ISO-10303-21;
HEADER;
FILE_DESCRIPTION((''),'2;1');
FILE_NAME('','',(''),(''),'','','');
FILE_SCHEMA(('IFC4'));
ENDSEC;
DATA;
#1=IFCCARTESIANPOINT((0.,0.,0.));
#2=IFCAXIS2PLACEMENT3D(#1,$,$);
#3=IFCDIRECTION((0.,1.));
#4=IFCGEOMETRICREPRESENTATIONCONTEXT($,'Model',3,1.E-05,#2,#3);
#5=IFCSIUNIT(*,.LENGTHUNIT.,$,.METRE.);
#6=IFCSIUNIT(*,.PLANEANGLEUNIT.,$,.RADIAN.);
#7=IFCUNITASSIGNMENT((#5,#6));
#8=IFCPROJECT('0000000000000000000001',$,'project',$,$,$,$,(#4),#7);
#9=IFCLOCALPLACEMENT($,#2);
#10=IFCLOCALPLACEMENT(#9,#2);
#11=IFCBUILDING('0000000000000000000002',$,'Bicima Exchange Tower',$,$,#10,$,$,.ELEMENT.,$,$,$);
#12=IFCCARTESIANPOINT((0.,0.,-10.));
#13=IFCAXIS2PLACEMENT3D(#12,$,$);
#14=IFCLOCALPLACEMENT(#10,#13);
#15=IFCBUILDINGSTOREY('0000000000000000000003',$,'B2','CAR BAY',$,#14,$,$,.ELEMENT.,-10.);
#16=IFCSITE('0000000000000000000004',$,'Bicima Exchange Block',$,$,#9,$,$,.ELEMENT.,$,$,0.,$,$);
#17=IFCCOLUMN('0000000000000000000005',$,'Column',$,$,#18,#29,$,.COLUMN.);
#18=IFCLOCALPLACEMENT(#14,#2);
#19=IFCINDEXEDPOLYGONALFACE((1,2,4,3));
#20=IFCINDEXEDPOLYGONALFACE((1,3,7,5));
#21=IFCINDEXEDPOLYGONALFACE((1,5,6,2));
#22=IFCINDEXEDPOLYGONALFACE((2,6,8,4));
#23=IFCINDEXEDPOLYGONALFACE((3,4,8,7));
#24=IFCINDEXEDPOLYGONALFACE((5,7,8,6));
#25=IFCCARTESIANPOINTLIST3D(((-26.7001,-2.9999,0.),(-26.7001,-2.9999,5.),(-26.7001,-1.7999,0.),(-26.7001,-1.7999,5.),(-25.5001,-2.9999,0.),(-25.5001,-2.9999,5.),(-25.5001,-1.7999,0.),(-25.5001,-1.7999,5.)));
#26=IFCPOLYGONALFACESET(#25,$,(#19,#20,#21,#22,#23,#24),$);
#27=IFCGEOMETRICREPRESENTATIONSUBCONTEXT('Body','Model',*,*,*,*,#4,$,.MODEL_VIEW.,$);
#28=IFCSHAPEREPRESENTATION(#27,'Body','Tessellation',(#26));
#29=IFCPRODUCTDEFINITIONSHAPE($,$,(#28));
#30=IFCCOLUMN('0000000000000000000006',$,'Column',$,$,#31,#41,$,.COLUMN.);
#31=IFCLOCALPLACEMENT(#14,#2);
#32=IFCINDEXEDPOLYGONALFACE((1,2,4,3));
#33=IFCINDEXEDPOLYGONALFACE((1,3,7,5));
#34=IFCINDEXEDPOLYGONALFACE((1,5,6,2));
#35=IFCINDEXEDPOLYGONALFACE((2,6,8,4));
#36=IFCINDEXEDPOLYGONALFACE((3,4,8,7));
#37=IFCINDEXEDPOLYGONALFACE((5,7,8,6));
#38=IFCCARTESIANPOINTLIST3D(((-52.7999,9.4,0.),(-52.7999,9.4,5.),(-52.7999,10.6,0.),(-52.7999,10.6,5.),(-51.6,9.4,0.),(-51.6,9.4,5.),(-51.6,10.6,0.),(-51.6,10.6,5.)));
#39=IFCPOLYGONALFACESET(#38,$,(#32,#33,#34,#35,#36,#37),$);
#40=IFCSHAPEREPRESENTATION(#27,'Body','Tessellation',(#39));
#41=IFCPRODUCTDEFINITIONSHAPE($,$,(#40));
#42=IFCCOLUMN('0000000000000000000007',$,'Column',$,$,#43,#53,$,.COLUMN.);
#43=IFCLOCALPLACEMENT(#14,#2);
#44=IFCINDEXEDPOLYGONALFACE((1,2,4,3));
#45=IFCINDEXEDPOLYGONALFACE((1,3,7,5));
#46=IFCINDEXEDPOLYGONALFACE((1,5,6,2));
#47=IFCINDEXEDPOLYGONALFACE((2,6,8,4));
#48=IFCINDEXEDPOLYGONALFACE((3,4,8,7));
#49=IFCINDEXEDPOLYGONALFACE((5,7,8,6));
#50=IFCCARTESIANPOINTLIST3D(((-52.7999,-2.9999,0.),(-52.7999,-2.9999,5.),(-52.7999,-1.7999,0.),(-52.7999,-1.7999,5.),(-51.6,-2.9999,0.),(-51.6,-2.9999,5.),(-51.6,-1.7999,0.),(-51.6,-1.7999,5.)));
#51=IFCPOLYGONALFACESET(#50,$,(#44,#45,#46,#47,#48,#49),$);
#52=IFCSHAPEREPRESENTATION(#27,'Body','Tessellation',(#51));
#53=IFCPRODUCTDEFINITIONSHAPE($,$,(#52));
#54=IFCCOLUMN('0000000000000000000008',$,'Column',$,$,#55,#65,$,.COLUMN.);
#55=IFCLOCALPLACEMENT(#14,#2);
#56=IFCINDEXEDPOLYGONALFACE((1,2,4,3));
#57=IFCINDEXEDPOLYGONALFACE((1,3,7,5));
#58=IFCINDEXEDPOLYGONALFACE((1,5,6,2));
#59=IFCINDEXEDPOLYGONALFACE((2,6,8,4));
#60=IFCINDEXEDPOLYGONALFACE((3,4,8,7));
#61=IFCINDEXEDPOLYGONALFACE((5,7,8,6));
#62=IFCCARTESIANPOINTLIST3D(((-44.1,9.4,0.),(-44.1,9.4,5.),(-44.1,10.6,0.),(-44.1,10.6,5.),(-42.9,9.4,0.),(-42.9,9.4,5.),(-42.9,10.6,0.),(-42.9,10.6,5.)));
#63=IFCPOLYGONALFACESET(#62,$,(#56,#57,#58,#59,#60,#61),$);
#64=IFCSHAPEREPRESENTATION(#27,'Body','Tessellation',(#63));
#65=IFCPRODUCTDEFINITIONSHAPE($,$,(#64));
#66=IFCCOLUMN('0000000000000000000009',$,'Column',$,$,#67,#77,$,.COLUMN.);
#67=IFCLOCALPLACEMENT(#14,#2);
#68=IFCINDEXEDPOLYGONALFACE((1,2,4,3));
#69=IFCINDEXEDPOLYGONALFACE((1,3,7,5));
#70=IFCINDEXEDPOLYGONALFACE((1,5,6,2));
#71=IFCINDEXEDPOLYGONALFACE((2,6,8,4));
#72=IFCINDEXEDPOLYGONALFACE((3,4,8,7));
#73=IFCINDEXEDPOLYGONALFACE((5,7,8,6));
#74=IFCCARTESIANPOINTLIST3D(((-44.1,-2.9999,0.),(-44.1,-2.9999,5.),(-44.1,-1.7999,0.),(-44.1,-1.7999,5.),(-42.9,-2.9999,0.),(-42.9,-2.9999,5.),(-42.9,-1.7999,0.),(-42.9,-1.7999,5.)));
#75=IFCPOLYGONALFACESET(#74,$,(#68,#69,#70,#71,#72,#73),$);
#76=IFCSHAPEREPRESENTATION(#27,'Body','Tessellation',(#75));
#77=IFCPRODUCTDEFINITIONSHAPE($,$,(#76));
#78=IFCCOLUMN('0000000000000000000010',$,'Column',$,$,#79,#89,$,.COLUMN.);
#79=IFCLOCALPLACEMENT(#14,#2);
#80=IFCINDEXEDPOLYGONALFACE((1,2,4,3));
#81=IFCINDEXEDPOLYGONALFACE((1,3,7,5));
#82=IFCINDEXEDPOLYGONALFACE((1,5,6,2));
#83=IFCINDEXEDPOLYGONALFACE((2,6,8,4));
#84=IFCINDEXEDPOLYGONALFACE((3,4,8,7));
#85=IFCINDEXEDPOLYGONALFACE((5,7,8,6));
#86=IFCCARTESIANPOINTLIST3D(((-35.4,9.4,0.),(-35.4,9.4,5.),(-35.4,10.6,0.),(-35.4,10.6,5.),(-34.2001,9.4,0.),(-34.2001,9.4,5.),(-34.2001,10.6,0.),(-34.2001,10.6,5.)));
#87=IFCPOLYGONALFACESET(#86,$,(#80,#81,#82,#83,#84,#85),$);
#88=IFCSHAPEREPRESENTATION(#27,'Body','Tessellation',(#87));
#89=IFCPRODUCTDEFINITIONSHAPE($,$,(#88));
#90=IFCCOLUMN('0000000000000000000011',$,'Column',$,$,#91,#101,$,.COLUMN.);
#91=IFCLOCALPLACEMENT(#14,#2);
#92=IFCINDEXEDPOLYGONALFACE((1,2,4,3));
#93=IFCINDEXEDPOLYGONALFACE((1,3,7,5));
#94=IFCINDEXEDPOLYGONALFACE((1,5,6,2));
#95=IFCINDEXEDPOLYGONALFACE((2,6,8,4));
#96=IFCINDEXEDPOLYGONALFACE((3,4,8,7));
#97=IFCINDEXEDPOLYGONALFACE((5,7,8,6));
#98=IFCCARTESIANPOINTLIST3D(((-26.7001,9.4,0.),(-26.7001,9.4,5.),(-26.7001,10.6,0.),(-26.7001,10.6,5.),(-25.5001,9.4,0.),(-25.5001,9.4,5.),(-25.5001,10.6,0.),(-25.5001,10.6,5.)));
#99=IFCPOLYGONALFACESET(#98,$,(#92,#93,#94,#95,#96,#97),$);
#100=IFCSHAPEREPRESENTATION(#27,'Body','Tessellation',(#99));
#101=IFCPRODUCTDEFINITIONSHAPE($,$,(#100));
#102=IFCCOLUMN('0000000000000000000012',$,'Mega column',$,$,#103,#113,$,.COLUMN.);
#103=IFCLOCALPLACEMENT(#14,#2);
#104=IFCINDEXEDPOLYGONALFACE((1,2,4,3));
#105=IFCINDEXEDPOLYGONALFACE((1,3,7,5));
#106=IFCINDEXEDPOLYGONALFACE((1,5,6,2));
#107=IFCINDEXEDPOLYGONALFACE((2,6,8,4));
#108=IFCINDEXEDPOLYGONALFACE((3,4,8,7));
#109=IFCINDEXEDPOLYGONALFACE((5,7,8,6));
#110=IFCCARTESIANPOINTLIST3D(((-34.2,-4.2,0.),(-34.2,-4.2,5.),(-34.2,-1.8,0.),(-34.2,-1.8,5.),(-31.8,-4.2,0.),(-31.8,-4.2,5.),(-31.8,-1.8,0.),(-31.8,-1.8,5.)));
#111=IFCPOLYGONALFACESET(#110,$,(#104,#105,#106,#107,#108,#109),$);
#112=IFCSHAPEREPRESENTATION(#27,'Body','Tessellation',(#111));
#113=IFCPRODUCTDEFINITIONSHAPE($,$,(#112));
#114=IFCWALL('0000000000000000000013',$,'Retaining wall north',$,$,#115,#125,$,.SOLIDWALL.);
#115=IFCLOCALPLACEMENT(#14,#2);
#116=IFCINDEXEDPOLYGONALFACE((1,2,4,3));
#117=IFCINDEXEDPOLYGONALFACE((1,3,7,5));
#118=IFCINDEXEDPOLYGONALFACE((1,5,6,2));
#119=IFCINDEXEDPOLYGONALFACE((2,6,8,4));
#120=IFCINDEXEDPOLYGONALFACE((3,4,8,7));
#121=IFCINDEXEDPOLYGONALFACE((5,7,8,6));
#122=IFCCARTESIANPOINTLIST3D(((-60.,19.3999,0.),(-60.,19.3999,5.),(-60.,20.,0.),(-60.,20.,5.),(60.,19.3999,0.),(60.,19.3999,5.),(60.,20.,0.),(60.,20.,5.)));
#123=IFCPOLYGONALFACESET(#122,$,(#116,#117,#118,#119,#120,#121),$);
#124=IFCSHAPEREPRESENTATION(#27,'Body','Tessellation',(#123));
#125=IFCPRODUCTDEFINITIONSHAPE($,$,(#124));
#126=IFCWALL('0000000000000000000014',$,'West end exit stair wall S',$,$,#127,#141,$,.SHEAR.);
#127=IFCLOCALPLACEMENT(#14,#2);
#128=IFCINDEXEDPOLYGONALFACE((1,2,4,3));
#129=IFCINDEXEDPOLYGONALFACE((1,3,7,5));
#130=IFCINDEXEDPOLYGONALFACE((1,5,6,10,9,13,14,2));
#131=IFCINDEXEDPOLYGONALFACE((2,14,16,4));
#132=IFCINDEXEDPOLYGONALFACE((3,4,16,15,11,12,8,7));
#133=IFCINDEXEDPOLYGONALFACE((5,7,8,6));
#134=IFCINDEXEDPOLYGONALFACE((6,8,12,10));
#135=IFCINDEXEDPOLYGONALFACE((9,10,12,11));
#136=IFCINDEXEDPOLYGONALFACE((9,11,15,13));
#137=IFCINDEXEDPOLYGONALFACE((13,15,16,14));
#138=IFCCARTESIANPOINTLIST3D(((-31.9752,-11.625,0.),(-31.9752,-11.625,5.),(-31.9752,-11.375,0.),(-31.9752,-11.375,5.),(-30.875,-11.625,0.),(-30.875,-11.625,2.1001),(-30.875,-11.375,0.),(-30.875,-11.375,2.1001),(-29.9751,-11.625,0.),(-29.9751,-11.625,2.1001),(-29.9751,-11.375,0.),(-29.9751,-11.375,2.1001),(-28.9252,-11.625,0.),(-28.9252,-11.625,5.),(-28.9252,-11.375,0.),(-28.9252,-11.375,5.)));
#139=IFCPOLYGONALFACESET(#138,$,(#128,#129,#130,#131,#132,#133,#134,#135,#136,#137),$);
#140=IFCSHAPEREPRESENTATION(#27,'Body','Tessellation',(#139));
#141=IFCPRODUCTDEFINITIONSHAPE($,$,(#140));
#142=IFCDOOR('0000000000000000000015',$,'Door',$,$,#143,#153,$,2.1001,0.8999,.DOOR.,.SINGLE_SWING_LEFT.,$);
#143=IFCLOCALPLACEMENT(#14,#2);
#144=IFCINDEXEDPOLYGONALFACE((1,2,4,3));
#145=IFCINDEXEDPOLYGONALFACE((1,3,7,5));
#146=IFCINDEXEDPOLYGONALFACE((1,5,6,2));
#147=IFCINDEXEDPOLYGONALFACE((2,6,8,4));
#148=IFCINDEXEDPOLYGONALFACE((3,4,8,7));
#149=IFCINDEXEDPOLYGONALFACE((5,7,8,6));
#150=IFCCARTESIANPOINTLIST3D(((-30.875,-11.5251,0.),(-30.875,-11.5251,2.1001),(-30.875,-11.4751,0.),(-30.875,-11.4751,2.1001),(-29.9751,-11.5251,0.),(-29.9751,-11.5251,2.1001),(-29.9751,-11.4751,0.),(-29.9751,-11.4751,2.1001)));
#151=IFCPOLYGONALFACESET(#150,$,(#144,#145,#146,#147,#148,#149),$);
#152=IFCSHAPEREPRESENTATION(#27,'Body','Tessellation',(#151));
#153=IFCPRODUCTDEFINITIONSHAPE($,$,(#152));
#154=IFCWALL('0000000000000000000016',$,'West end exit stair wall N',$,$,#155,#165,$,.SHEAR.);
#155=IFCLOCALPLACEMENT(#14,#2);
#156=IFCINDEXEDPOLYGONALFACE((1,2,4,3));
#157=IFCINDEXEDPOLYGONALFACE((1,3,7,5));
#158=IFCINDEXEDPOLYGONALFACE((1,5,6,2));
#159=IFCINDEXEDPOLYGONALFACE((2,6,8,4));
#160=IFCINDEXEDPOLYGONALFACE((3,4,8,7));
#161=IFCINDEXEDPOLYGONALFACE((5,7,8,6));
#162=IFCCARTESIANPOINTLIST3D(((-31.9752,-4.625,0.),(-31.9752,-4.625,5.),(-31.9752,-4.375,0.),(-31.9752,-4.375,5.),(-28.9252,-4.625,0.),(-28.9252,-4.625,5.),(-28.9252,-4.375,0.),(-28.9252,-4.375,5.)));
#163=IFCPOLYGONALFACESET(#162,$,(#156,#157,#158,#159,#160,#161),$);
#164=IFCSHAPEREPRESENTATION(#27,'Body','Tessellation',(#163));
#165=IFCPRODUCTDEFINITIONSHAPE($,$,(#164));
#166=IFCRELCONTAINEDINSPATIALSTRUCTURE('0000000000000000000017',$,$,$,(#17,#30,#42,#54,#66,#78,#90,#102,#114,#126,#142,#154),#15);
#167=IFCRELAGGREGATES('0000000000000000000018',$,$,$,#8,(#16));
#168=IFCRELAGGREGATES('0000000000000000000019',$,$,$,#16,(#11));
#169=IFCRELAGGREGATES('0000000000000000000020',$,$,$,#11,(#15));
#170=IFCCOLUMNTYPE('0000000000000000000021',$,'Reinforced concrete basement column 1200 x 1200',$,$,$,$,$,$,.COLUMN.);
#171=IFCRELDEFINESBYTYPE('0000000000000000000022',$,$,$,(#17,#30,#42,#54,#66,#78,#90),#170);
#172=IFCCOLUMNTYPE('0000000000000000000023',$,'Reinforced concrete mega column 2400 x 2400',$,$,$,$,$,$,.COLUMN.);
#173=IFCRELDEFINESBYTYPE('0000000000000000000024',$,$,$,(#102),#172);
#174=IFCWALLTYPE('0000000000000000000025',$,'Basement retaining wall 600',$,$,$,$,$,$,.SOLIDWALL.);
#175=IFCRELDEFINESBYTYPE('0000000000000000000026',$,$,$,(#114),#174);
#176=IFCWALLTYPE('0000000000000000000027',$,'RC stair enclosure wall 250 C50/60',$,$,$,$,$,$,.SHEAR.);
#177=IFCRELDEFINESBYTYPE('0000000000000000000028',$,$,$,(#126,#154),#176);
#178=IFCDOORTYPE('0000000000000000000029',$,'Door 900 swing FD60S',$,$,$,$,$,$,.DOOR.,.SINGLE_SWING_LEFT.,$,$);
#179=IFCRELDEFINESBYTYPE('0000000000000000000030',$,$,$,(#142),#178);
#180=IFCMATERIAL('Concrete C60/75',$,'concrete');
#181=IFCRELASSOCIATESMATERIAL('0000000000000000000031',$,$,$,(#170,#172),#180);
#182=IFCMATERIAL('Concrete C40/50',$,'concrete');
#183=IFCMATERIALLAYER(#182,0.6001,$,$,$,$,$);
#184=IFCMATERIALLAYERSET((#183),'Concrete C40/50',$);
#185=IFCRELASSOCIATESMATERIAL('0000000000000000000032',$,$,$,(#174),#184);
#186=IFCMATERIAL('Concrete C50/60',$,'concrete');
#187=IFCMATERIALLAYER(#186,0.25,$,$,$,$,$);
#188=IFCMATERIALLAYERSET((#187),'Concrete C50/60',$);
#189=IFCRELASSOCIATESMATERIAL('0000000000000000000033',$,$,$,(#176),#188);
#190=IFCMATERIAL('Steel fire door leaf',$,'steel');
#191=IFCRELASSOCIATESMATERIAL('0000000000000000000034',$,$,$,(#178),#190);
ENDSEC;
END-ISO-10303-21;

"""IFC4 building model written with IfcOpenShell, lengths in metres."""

from ifc_helpers import new_model, si_unit, direction, frame, frame_2d, origin, origin_2d, place, context, subcontext, project, spatial, rectangle, extrude, material, layer, layer_set, material_profile, profile_set, type_object, element, fill, save


model = new_model("IFC4")

# Units and contexts
model_context = context("Model", 3, precision=1e-05, world=origin(), true_north=direction((0.0, 1.0)))
body_context = subcontext(model_context, "Body", "Model", "MODEL_VIEW")
ifc_project = project(units=[si_unit("LENGTHUNIT", "METRE"), si_unit("PLANEANGLEUNIT", "RADIAN")], contexts=[model_context])

# Site, building, storey
site_placement = place(None, origin())
site = spatial("IfcSite", under=ifc_project, at=site_placement, Name="Bicima Exchange Block", CompositionType="ELEMENT", RefElevation=0.0)
building_placement = place(site_placement, origin())
building = spatial("IfcBuilding", under=site, at=building_placement, Name="Bicima Exchange Tower", CompositionType="ELEMENT")
storey_placement = place(building_placement, frame((0.0, 0.0, -10.0)))
storey = spatial("IfcBuildingStorey", under=building, at=storey_placement, Name="B2", Description="CAR BAY", CompositionType="ELEMENT", Elevation=-10.0)

# Columns
ifc_material_1 = material(Name="Concrete C60/75", Category="concrete")
ifc_material_profile_1 = material_profile(ifc_material_1, rectangle(XDim=1.2, YDim=1.2, at=origin_2d()))
ifc_profile_set_1 = profile_set([ifc_material_profile_1], Name="Concrete C60/75")
column_type_1 = type_object("IfcColumnType", Name="Reinforced concrete basement column 1200 x 1200", PredefinedType="COLUMN", material=ifc_profile_set_1)
for number, where, z_axis, x_axis, name in (
    (1, (-26.1001, -2.3999, 0.0), (0.0, 0.0, 1.0), (1.0, 0.0, 0.0), "Column"),
    (2, (-52.2, 10.0, 0.0), (0.0, 0.0, 1.0), (1.0, 0.0, 0.0), "Column"),
    (3, (-52.2, -2.3999, 0.0), (0.0, 0.0, 1.0), (1.0, 0.0, 0.0), "Column"),
    (4, (-43.5, 10.0, 0.0), (0.0, 0.0, 1.0), (1.0, 0.0, 0.0), "Column"),
    (5, (-43.5, -2.3999, 0.0), (0.0, 0.0, 1.0), (1.0, 0.0, 0.0), "Column"),
    (6, (-34.8, 10.0, 0.0), (0.0, 0.0, 1.0), (1.0, 0.0, 0.0), "Column"),
    (7, (-26.1001, 10.0, 0.0), (0.0, 0.0, 1.0), (1.0, 0.0, 0.0), "Column"),
):
    element("IfcColumn", number, at=place(storey_placement, frame(where, z_axis=z_axis, x_axis=x_axis)), inside=storey, type_object=column_type_1, Name=name, PredefinedType="COLUMN", context=body_context, shape_type="SweptSolid", body=[
        extrude(rectangle(XDim=1.2, YDim=1.2, at=origin_2d()), origin(), (0.0, 0.0, 1.0), 5.0),
    ])
ifc_material_profile_2 = material_profile(ifc_material_1, rectangle(XDim=2.3999, YDim=2.3999, at=origin_2d()))
ifc_profile_set_2 = profile_set([ifc_material_profile_2], Name="Concrete C60/75")
column_type_2 = type_object("IfcColumnType", Name="Reinforced concrete mega column 2400 x 2400", PredefinedType="COLUMN", material=ifc_profile_set_2)
column_placement = place(storey_placement, frame((-33.0, -3.0, 0.0), z_axis=(0.0, 0.0, 1.0), x_axis=(1.0, 0.0, 0.0)))
element("IfcColumn", 8, at=column_placement, inside=storey, type_object=column_type_2, Name="Mega column", PredefinedType="COLUMN", context=body_context, shape_type="SweptSolid", body=[
    extrude(rectangle(XDim=2.3999, YDim=2.3999, at=origin_2d()), origin(), (0.0, 0.0, 1.0), 5.0),
])

# Wall
ifc_material_2 = material(Name="Concrete C40/50", Category="concrete")
ifc_layer_1 = layer(ifc_material_2, 0.6001)
ifc_layer_set_1 = layer_set([ifc_layer_1], Name="Concrete C40/50")
wall_type_1 = type_object("IfcWallType", Name="Basement retaining wall 600", PredefinedType="SOLIDWALL", material=ifc_layer_set_1)
wall_1_placement = place(storey_placement, frame((-60.0, 19.7, 0.0), z_axis=(0.0, 0.0, 1.0), x_axis=(1.0, 0.0, 0.0)))
element("IfcWall", 9, at=wall_1_placement, inside=storey, type_object=wall_type_1, Name="Retaining wall north", PredefinedType="SOLIDWALL", context=body_context, shape_type="SweptSolid", body=[
    extrude(rectangle(XDim=120.0, YDim=0.6001, at=frame_2d((60.0, 0.0))), origin(), (0.0, 0.0, 1.0), 5.0),
])

# Wall, opening, door
ifc_material_3 = material(Name="Concrete C50/60", Category="concrete")
ifc_layer_2 = layer(ifc_material_3, 0.25)
ifc_layer_set_2 = layer_set([ifc_layer_2], Name="Concrete C50/60")
wall_type_2 = type_object("IfcWallType", Name="RC stair enclosure wall 250 C50/60", PredefinedType="SHEAR", material=ifc_layer_set_2)
wall_2_placement = place(storey_placement, frame((-31.9751, -11.5, 0.0), z_axis=(0.0, 0.0, 1.0), x_axis=(1.0, 0.0, 0.0)))
wall_2 = element("IfcWall", 10, at=wall_2_placement, inside=storey, type_object=wall_type_2, Name="West end exit stair wall S", PredefinedType="SHEAR", context=body_context, shape_type="SweptSolid", body=[
    extrude(rectangle(XDim=3.05, YDim=0.25, at=frame_2d((1.5249, 0.0))), origin(), (0.0, 0.0, 1.0), 5.0),
])
opening_placement = place(wall_2_placement, frame((1.1001, 0.0, 0.0)))
opening = element("IfcOpeningElement", 11, at=opening_placement, cuts=wall_2, PredefinedType="OPENING", context=body_context, shape_type="SweptSolid", body=[
    extrude(rectangle(XDim=0.8999, YDim=2.1001, at=frame_2d((0.45, 1.05))), frame((0.0, 0.137, 0.0), z_axis=(0.0, -1.0, 0.0), x_axis=(1.0, 0.0, 0.0)), (0.0, 0.0, 1.0), 0.2739),
])
ifc_material_4 = material(Name="Steel fire door leaf", Category="steel")
door_type = type_object("IfcDoorType", Name="Door 900 swing FD60S", OperationType="SINGLE_SWING_LEFT", PredefinedType="DOOR", material=ifc_material_4)
door_placement = place(opening_placement, origin())
door = element("IfcDoor", 12, at=door_placement, inside=storey, type_object=door_type, Name="Door", OperationType="SINGLE_SWING_LEFT", OverallHeight=2.1001, OverallWidth=0.8999, PredefinedType="DOOR", context=body_context, shape_type="SweptSolid", body=[
    extrude(rectangle(XDim=0.8999, YDim=2.1001, at=frame_2d((0.45, 1.05))), frame((0.0, 0.0249, 0.0), z_axis=(0.0, -1.0, 0.0), x_axis=(1.0, 0.0, 0.0)), (0.0, 0.0, 1.0), 0.05),
])
fill(opening, door)

# Wall
wall_3_placement = place(storey_placement, frame((-31.9751, -4.5, 0.0), z_axis=(0.0, 0.0, 1.0), x_axis=(1.0, 0.0, 0.0)))
element("IfcWall", 13, at=wall_3_placement, inside=storey, type_object=wall_type_2, Name="West end exit stair wall N", PredefinedType="SHEAR", context=body_context, shape_type="SweptSolid", body=[
    extrude(rectangle(XDim=3.05, YDim=0.25, at=frame_2d((1.5249, 0.0))), origin(), (0.0, 0.0, 1.0), 5.0),
])

save(model, "model.ifc")
